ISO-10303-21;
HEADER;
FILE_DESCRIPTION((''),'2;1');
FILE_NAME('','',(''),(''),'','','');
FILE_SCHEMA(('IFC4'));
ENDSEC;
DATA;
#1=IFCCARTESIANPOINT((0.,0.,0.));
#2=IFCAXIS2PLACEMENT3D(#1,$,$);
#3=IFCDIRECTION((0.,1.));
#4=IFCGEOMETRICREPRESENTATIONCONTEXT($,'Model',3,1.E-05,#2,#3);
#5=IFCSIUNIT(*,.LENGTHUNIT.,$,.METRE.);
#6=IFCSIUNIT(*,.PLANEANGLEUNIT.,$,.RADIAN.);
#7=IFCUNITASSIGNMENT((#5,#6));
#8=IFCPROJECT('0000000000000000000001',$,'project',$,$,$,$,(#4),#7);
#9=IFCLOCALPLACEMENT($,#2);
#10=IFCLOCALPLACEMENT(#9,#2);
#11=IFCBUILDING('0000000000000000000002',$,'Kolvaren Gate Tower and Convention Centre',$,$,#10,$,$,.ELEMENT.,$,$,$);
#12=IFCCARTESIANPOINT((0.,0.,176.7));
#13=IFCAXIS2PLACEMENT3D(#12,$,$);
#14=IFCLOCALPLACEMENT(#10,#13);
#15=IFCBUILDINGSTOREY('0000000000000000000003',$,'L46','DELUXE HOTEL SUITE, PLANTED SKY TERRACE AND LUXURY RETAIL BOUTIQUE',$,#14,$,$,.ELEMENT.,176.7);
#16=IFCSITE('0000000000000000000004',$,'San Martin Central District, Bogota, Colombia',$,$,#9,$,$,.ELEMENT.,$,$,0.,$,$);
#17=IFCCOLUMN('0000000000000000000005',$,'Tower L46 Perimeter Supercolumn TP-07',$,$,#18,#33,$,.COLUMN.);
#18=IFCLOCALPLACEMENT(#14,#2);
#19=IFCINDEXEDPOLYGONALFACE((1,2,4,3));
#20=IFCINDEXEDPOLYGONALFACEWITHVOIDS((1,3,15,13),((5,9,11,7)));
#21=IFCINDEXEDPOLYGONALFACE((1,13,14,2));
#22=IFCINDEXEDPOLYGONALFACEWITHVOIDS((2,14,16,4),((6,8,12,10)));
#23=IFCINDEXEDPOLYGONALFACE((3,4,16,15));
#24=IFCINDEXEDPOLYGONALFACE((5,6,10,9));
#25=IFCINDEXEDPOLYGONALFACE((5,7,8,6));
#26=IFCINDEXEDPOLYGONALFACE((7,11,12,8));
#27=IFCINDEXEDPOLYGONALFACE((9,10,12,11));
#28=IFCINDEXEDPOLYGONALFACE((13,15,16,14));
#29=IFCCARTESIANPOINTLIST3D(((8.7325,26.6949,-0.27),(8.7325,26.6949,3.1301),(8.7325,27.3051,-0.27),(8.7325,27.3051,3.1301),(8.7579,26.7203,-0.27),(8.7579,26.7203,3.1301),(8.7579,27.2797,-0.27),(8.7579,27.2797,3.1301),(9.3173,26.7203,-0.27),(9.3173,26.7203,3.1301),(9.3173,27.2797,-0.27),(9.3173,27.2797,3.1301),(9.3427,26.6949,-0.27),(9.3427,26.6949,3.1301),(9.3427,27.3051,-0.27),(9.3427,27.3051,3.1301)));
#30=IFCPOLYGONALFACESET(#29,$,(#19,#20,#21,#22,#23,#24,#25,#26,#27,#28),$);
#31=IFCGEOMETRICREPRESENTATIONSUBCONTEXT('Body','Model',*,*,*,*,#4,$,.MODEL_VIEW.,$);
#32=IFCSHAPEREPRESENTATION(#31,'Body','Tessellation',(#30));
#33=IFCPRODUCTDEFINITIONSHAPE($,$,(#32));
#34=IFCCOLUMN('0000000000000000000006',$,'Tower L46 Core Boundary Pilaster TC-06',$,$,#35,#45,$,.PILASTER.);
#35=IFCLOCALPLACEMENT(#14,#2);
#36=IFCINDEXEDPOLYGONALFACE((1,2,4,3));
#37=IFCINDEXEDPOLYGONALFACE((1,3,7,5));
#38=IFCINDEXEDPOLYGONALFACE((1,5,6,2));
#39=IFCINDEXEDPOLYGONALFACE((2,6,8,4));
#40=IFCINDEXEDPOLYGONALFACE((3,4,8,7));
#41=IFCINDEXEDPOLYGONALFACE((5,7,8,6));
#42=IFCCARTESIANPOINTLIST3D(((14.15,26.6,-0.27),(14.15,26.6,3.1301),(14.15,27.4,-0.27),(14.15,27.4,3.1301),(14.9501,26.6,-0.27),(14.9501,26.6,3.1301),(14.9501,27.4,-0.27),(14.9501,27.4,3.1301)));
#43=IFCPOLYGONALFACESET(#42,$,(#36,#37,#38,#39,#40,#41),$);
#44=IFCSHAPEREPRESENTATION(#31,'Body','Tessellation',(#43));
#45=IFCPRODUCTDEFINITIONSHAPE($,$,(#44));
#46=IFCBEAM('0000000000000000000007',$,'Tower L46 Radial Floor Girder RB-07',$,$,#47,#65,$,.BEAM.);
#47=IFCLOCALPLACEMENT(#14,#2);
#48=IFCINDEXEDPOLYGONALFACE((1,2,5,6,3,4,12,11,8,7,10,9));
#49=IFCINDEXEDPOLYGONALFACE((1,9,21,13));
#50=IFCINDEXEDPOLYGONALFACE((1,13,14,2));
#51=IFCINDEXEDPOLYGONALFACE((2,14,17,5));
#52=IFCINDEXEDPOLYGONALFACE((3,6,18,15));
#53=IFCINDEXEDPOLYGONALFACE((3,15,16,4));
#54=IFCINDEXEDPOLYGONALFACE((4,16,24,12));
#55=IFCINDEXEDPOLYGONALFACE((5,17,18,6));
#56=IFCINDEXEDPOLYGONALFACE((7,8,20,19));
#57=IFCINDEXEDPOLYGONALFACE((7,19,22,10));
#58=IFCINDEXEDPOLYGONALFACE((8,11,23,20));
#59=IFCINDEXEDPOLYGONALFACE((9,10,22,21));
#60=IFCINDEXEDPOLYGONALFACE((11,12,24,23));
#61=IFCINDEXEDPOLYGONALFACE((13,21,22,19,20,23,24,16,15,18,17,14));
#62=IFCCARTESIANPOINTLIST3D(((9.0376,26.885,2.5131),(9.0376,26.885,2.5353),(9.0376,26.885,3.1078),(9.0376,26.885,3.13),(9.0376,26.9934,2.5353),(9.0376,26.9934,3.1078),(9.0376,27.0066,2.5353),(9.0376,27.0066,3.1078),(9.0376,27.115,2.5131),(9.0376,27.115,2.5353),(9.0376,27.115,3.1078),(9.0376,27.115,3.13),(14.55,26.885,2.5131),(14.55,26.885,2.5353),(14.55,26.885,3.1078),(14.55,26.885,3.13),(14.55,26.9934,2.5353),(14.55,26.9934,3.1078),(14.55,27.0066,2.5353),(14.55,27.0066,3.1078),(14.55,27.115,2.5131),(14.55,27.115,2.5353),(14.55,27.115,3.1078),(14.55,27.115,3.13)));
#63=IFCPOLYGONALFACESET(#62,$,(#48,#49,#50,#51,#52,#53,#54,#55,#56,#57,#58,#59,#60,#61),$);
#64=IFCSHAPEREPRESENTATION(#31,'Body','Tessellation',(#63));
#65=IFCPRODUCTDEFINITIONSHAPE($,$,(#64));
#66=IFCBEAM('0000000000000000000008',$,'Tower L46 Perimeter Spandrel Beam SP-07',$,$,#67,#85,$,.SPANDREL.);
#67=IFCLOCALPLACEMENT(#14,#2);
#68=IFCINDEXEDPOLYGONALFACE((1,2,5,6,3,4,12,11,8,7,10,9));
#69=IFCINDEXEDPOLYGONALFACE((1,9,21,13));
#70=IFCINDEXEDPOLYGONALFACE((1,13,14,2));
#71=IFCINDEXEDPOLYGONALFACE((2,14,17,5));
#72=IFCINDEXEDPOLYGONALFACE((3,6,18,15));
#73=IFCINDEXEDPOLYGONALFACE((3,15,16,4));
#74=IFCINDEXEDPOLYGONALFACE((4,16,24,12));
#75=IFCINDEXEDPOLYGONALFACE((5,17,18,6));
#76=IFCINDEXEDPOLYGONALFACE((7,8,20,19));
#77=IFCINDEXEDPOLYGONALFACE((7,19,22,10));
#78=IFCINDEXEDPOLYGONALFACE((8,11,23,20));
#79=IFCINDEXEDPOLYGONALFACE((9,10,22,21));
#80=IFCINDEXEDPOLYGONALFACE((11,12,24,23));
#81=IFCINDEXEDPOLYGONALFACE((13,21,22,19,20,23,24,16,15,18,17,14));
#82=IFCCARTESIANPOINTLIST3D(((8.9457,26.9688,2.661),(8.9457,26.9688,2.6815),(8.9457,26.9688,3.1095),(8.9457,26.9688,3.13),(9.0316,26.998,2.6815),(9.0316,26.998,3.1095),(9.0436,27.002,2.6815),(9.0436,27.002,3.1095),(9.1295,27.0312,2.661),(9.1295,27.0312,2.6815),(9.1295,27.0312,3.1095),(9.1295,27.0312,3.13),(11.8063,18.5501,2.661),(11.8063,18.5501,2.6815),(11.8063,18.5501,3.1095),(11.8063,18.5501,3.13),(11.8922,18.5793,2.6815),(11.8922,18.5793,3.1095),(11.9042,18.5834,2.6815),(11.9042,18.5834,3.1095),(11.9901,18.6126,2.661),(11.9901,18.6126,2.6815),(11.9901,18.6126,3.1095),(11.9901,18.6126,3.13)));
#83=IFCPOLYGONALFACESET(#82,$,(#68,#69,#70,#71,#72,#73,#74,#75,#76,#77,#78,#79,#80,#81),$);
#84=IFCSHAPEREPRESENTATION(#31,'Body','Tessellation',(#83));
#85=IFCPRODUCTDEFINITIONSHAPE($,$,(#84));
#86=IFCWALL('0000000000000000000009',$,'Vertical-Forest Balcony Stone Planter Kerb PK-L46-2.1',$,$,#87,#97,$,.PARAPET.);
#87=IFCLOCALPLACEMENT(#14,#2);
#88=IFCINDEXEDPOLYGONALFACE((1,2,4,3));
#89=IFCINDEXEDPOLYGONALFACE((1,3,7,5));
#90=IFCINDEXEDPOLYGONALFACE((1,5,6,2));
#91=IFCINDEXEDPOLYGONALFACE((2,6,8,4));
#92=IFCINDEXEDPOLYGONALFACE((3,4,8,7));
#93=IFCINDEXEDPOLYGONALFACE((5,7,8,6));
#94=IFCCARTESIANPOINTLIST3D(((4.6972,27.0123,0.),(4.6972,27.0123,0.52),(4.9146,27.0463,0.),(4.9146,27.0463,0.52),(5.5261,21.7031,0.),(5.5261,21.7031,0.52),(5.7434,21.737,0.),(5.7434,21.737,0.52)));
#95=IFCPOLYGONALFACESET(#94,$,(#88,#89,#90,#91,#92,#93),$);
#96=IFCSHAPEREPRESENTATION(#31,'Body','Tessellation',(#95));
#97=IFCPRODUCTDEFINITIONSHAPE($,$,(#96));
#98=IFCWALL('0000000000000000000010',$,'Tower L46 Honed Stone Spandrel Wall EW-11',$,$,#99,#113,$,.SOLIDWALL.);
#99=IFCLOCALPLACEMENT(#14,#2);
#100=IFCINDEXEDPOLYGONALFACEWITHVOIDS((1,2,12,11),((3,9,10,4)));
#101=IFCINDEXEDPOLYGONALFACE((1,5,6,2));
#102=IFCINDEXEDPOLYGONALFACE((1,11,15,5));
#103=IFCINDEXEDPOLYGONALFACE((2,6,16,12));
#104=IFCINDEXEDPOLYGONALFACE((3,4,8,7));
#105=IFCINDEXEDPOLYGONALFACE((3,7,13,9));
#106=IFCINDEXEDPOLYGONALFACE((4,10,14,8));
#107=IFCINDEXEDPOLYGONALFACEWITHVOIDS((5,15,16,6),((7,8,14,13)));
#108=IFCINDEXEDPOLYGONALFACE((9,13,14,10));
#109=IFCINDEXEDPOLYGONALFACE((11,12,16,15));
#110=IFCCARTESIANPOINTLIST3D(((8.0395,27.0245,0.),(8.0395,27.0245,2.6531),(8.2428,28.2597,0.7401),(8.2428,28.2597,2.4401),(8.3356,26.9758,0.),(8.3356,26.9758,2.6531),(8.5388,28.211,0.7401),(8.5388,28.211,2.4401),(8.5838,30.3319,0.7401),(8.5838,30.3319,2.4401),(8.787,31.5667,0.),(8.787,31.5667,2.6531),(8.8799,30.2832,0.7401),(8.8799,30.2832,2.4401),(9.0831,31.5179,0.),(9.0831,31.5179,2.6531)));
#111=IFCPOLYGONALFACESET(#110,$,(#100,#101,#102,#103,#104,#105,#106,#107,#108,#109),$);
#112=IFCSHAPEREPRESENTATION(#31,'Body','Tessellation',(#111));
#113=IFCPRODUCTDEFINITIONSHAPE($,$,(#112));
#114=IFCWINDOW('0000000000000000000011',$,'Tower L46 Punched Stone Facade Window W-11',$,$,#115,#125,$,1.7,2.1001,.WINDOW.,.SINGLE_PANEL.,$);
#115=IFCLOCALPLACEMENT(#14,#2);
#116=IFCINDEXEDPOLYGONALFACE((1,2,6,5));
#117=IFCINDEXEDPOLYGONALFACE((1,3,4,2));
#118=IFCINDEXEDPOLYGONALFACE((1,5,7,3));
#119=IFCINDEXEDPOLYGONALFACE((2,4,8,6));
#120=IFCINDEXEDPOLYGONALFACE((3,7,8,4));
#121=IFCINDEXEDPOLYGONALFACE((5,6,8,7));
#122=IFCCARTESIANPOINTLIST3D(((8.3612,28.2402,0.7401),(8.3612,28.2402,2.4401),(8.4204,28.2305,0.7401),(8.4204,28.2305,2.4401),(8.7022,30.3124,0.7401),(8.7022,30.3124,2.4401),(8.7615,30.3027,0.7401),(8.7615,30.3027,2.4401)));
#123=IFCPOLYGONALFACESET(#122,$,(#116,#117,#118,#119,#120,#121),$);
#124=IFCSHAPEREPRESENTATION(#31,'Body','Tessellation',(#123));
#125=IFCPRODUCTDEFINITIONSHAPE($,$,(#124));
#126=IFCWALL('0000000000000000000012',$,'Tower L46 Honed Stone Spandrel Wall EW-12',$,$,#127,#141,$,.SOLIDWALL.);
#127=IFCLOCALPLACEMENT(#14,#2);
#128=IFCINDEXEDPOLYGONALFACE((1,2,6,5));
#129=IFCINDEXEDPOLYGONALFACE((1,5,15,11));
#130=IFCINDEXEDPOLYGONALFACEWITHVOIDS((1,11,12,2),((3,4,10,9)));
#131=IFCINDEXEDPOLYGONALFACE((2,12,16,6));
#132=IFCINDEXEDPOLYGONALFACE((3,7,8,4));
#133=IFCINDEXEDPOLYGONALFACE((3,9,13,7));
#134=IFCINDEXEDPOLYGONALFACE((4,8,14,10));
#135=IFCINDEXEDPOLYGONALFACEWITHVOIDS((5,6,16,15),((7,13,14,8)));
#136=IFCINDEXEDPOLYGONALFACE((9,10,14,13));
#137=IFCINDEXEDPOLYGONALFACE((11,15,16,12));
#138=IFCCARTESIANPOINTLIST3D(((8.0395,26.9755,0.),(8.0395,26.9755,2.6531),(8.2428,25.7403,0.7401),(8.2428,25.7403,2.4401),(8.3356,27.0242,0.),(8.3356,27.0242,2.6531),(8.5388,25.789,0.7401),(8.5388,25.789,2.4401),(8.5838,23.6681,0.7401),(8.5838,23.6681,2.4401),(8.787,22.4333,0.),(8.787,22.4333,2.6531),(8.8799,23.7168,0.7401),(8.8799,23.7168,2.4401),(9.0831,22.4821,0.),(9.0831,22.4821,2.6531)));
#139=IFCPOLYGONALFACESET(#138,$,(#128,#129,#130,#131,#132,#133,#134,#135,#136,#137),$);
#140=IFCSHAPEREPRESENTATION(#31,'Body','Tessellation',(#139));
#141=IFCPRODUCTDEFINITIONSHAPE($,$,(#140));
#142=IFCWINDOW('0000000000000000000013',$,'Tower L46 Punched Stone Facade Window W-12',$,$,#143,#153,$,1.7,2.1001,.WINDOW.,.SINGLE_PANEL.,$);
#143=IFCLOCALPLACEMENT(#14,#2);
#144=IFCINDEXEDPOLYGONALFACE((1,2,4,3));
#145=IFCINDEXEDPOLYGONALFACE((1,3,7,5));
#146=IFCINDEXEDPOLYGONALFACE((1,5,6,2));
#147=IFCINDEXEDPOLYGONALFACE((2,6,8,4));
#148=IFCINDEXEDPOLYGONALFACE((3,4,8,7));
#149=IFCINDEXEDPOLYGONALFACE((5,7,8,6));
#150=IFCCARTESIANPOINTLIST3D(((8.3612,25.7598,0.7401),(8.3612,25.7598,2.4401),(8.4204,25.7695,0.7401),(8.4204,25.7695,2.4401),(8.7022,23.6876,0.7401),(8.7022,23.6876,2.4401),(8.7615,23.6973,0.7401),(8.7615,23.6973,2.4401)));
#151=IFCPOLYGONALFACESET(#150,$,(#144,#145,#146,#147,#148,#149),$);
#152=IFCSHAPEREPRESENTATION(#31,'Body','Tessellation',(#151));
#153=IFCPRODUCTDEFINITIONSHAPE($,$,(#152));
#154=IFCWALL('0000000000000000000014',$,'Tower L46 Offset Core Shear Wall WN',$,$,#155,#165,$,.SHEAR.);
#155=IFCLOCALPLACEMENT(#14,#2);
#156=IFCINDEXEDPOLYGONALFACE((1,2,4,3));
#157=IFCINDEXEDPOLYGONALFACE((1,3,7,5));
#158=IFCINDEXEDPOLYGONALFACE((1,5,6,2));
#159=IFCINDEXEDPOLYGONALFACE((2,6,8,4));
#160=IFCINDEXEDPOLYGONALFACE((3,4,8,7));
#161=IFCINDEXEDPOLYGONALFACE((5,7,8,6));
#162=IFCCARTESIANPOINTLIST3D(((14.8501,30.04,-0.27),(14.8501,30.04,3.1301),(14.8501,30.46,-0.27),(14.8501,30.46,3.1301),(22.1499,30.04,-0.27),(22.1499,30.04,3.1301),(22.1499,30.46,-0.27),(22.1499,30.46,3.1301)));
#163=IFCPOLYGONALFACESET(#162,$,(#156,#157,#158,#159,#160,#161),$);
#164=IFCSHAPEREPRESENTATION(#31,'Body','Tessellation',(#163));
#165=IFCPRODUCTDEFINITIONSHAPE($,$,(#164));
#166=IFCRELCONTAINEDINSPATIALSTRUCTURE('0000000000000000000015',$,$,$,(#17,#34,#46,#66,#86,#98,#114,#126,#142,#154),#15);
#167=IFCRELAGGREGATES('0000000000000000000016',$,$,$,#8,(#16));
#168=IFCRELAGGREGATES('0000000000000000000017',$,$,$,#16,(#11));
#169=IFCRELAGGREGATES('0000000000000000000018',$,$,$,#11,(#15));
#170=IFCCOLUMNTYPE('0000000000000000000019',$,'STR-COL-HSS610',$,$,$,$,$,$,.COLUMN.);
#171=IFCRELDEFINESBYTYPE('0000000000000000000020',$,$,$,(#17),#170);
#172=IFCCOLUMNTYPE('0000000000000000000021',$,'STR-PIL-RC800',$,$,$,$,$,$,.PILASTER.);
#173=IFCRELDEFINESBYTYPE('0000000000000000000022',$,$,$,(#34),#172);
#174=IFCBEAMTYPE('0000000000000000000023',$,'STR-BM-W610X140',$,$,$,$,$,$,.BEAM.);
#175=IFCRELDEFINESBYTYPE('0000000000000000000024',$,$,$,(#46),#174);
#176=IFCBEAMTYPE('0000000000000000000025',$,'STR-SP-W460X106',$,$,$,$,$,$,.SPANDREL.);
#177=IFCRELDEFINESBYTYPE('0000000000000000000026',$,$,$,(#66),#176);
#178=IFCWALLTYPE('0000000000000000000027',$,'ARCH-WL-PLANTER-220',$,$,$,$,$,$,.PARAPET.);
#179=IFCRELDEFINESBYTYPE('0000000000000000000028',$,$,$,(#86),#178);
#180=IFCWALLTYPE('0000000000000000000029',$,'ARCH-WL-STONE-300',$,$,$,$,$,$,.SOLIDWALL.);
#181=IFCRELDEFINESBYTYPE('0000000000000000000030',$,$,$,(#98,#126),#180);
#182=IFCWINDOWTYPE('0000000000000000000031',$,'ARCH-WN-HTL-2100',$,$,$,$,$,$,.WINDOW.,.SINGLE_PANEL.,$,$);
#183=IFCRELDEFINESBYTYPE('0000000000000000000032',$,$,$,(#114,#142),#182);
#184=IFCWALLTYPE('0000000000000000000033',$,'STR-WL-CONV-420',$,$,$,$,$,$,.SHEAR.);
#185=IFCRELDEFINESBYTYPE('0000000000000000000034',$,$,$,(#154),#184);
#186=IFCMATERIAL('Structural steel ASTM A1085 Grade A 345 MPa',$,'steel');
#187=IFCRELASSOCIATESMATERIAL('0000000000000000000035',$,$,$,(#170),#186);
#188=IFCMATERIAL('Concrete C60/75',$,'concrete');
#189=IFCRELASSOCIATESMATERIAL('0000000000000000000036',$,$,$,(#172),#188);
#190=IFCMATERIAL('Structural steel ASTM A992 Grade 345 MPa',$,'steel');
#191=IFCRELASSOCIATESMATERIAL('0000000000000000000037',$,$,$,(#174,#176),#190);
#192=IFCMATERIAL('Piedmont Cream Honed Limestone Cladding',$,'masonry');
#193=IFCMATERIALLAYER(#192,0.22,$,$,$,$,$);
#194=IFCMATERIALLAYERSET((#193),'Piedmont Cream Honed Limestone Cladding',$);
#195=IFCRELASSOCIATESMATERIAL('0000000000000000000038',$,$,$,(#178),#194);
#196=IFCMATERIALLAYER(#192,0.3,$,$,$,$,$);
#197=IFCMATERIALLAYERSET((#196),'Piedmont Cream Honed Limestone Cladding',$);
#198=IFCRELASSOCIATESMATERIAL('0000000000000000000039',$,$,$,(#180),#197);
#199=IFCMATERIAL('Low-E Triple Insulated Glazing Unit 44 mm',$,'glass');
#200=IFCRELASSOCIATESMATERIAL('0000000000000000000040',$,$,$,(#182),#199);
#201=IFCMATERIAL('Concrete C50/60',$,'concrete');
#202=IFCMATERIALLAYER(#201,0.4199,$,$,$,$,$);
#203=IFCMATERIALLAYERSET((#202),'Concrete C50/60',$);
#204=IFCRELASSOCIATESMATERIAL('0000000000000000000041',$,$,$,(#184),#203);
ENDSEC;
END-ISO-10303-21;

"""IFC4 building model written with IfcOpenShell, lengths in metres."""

from ifc_helpers import new_model, si_unit, direction, frame, frame_2d, origin, origin_2d, place, context, subcontext, project, spatial, rectangle, hollow_rectangle, i_section, extrude, material, layer, layer_set, material_profile, profile_set, type_object, element, fill, save


model = new_model("IFC4")

# Units and contexts
model_context = context("Model", 3, precision=1e-05, world=origin(), true_north=direction((0.0, 1.0)))
body_context = subcontext(model_context, "Body", "Model", "MODEL_VIEW")
ifc_project = project(units=[si_unit("LENGTHUNIT", "METRE"), si_unit("PLANEANGLEUNIT", "RADIAN")], contexts=[model_context])

# Site, building, storey
site_placement = place(None, origin())
site = spatial("IfcSite", under=ifc_project, at=site_placement, Name="San Martin Central District, Bogota, Colombia", CompositionType="ELEMENT", RefElevation=0.0)
building_placement = place(site_placement, origin())
building = spatial("IfcBuilding", under=site, at=building_placement, Name="Kolvaren Gate Tower and Convention Centre", CompositionType="ELEMENT")
storey_placement = place(building_placement, frame((0.0, 0.0, 176.7)))
storey = spatial("IfcBuildingStorey", under=building, at=storey_placement, Name="L46", Description="DELUXE HOTEL SUITE, PLANTED SKY TERRACE AND LUXURY RETAIL BOUTIQUE", CompositionType="ELEMENT", Elevation=176.7)

# Columns
ifc_material_1 = material(Name="Structural steel ASTM A1085 Grade A 345 MPa", Category="steel")
ifc_material_profile_1 = material_profile(ifc_material_1, hollow_rectangle(XDim=0.6101, YDim=0.6101, WallThickness=0.0254, at=origin_2d()), Name="HSS610X610X25.4")
ifc_profile_set_1 = profile_set([ifc_material_profile_1], Name="Structural steel ASTM A1085 Grade A 345 MPa")
column_type_1 = type_object("IfcColumnType", Name="STR-COL-HSS610", PredefinedType="COLUMN", material=ifc_profile_set_1)
column_1_placement = place(storey_placement, frame((9.0376, 27.0, -0.27), z_axis=(0.0, 0.0, 1.0), x_axis=(1.0, 0.0, 0.0)))
element("IfcColumn", 1, at=column_1_placement, inside=storey, type_object=column_type_1, Name="Tower L46 Perimeter Supercolumn TP-07", PredefinedType="COLUMN", context=body_context, shape_type="SweptSolid", body=[
    extrude(hollow_rectangle(XDim=0.6101, YDim=0.6101, WallThickness=0.0254, at=origin_2d()), origin(), (0.0, 0.0, 1.0), 3.4001),
])
ifc_material_2 = material(Name="Concrete C60/75", Category="concrete")
ifc_material_profile_2 = material_profile(ifc_material_2, rectangle(XDim=0.8, YDim=0.8, at=origin_2d()), Name="RC-COL-800X800")
ifc_profile_set_2 = profile_set([ifc_material_profile_2], Name="Concrete C60/75")
column_type_2 = type_object("IfcColumnType", Name="STR-PIL-RC800", PredefinedType="PILASTER", material=ifc_profile_set_2)
column_2_placement = place(storey_placement, frame((14.55, 27.0, -0.27), z_axis=(0.0, 0.0, 1.0), x_axis=(1.0, 0.0, 0.0)))
element("IfcColumn", 2, at=column_2_placement, inside=storey, type_object=column_type_2, Name="Tower L46 Core Boundary Pilaster TC-06", PredefinedType="PILASTER", context=body_context, shape_type="SweptSolid", body=[
    extrude(rectangle(XDim=0.8, YDim=0.8, at=origin_2d()), origin(), (0.0, 0.0, 1.0), 3.4001),
])

# Beams
ifc_material_3 = material(Name="Structural steel ASTM A992 Grade 345 MPa", Category="steel")
ifc_material_profile_3 = material_profile(ifc_material_3, i_section(OverallWidth=0.23, OverallDepth=0.6169, WebThickness=0.0132, FlangeThickness=0.0222, at=origin_2d()), Name="W610X140")
ifc_profile_set_3 = profile_set([ifc_material_profile_3], Name="Structural steel ASTM A992 Grade 345 MPa")
beam_type_1 = type_object("IfcBeamType", Name="STR-BM-W610X140", PredefinedType="BEAM", material=ifc_profile_set_3)
beam_1_placement = place(storey_placement, frame((14.55, 27.0, 2.8215), z_axis=(-1.0, 0.0, 0.0), x_axis=(0.0, -1.0, 0.0)))
element("IfcBeam", 3, at=beam_1_placement, inside=storey, type_object=beam_type_1, Name="Tower L46 Radial Floor Girder RB-07", PredefinedType="BEAM", context=body_context, shape_type="SweptSolid", body=[
    extrude(i_section(OverallWidth=0.23, OverallDepth=0.6169, WebThickness=0.0132, FlangeThickness=0.0222, at=origin_2d()), origin(), (0.0, 0.0, 1.0), 5.5125),
])
ifc_material_profile_4 = material_profile(ifc_material_3, i_section(OverallWidth=0.1941, OverallDepth=0.469, WebThickness=0.0127, FlangeThickness=0.0205, at=origin_2d()), Name="W460X106")
ifc_profile_set_4 = profile_set([ifc_material_profile_4], Name="Structural steel ASTM A992 Grade 345 MPa")
beam_type_2 = type_object("IfcBeamType", Name="STR-SP-W460X106", PredefinedType="SPANDREL", material=ifc_profile_set_4)
beam_2_placement = place(storey_placement, frame((9.0376, 27.0, 2.8955), z_axis=(0.321725, -0.946833, 0.0), x_axis=(0.946833, 0.321725, 0.0)))
element("IfcBeam", 4, at=beam_2_placement, inside=storey, type_object=beam_type_2, Name="Tower L46 Perimeter Spandrel Beam SP-07", PredefinedType="SPANDREL", context=body_context, shape_type="SweptSolid", body=[
    extrude(i_section(OverallWidth=0.1941, OverallDepth=0.469, WebThickness=0.0127, FlangeThickness=0.0205, at=origin_2d()), origin(), (0.0, 0.0, 1.0), 8.8914),
])

# Wall
ifc_material_4 = material(Name="Piedmont Cream Honed Limestone Cladding", Category="masonry")
ifc_layer_1 = layer(ifc_material_4, 0.22)
ifc_layer_set_1 = layer_set([ifc_layer_1], Name="Piedmont Cream Honed Limestone Cladding")
wall_type_1 = type_object("IfcWallType", Name="ARCH-WL-PLANTER-220", PredefinedType="PARAPET", material=ifc_layer_set_1)
wall_1_placement = place(storey_placement, frame((4.8059, 27.0293, 0.0), z_axis=(0.0, 0.0, 1.0), x_axis=(0.154245, -0.988033, 0.0)))
element("IfcWall", 5, at=wall_1_placement, inside=storey, type_object=wall_type_1, Name="Vertical-Forest Balcony Stone Planter Kerb PK-L46-2.1", PredefinedType="PARAPET", context=body_context, shape_type="SweptSolid", body=[
    extrude(rectangle(XDim=5.3735, YDim=0.22, at=frame_2d((2.6868, 0.0))), origin(), (0.0, 0.0, 1.0), 0.52),
])

# Walls, openings, windows
ifc_layer_2 = layer(ifc_material_4, 0.3)
ifc_layer_set_2 = layer_set([ifc_layer_2], Name="Piedmont Cream Honed Limestone Cladding")
wall_type_2 = type_object("IfcWallType", Name="ARCH-WL-STONE-300", PredefinedType="SOLIDWALL", material=ifc_layer_set_2)
wall_2_placement = place(storey_placement, frame((8.1875, 27.0, 0.0), z_axis=(0.0, 0.0, 1.0), x_axis=(0.162395, 0.986726, 0.0)))
wall_2 = element("IfcWall", 6, at=wall_2_placement, inside=storey, type_object=wall_type_2, Name="Tower L46 Honed Stone Spandrel Wall EW-11", PredefinedType="SOLIDWALL", context=body_context, shape_type="SweptSolid", body=[
    extrude(rectangle(XDim=4.6033, YDim=0.3, at=frame_2d((2.3018, 0.0))), origin(), (0.0, 0.0, 1.0), 2.6531),
])
opening_1_placement = place(wall_2_placement, frame((1.252, 0.0, 0.74)))
opening_1 = element("IfcOpeningElement", 7, at=opening_1_placement, cuts=wall_2, PredefinedType="OPENING", context=body_context, shape_type="SweptSolid", body=[
    extrude(rectangle(XDim=2.1001, YDim=1.7, at=frame_2d((1.05, 0.8501))), frame((0.0, 0.1599, 0.0), z_axis=(0.0, -1.0, 0.0), x_axis=(1.0, 0.0, 0.0)), (0.0, 0.0, 1.0), 0.3201),
])
ifc_material_5 = material(Name="Low-E Triple Insulated Glazing Unit 44 mm", Category="glass")
window_type = type_object("IfcWindowType", Name="ARCH-WN-HTL-2100", PartitioningType="SINGLE_PANEL", PredefinedType="WINDOW", material=ifc_material_5)
window_1_placement = place(opening_1_placement, origin())
window_1 = element("IfcWindow", 8, at=window_1_placement, inside=storey, type_object=window_type, Name="Tower L46 Punched Stone Facade Window W-11", OverallHeight=1.7, OverallWidth=2.1001, PartitioningType="SINGLE_PANEL", PredefinedType="WINDOW", context=body_context, shape_type="SweptSolid", body=[
    extrude(rectangle(XDim=2.1001, YDim=1.7, at=frame_2d((1.05, 0.8501))), frame((0.0, 0.03, 0.0), z_axis=(0.0, -1.0, 0.0), x_axis=(1.0, 0.0, 0.0)), (0.0, 0.0, 1.0), 0.0601),
])
fill(opening_1, window_1)
wall_3_placement = place(storey_placement, frame((8.1875, 27.0, 0.0), z_axis=(0.0, 0.0, 1.0), x_axis=(0.162395, -0.986726, 0.0)))
wall_3 = element("IfcWall", 9, at=wall_3_placement, inside=storey, type_object=wall_type_2, Name="Tower L46 Honed Stone Spandrel Wall EW-12", PredefinedType="SOLIDWALL", context=body_context, shape_type="SweptSolid", body=[
    extrude(rectangle(XDim=4.6033, YDim=0.3, at=frame_2d((2.3018, 0.0))), origin(), (0.0, 0.0, 1.0), 2.6531),
])
opening_2_placement = place(wall_3_placement, frame((1.252, 0.0, 0.74)))
opening_2 = element("IfcOpeningElement", 10, at=opening_2_placement, cuts=wall_3, PredefinedType="OPENING", context=body_context, shape_type="SweptSolid", body=[
    extrude(rectangle(XDim=2.1001, YDim=1.7, at=frame_2d((1.05, 0.8501))), frame((0.0, 0.1599, 0.0), z_axis=(0.0, -1.0, 0.0), x_axis=(1.0, 0.0, 0.0)), (0.0, 0.0, 1.0), 0.3201),
])
window_2_placement = place(opening_2_placement, origin())
window_2 = element("IfcWindow", 11, at=window_2_placement, inside=storey, type_object=window_type, Name="Tower L46 Punched Stone Facade Window W-12", OverallHeight=1.7, OverallWidth=2.1001, PartitioningType="SINGLE_PANEL", PredefinedType="WINDOW", context=body_context, shape_type="SweptSolid", body=[
    extrude(rectangle(XDim=2.1001, YDim=1.7, at=frame_2d((1.05, 0.8501))), frame((0.0, 0.03, 0.0), z_axis=(0.0, -1.0, 0.0), x_axis=(1.0, 0.0, 0.0)), (0.0, 0.0, 1.0), 0.0601),
])
fill(opening_2, window_2)

# Wall
ifc_material_6 = material(Name="Concrete C50/60", Category="concrete")
ifc_layer_3 = layer(ifc_material_6, 0.4199)
ifc_layer_set_3 = layer_set([ifc_layer_3], Name="Concrete C50/60")
wall_type_3 = type_object("IfcWallType", Name="STR-WL-CONV-420", PredefinedType="SHEAR", material=ifc_layer_set_3)
for number, where, z_axis, x_axis, name in (
    (12, (14.8501, 30.25, -0.27), (0.0, 0.0, 1.0), (1.0, 0.0, 0.0), "Tower L46 Offset Core Shear Wall WN"),
):
    element("IfcWall", number, at=place(storey_placement, frame(where, z_axis=z_axis, x_axis=x_axis)), inside=storey, type_object=wall_type_3, Name=name, PredefinedType="SHEAR", context=body_context, shape_type="SweptSolid", body=[
        extrude(rectangle(XDim=7.2998, YDim=0.4199, at=frame_2d((3.6499, 0.0))), origin(), (0.0, 0.0, 1.0), 3.4001),
    ])

save(model, "model.ifc")
